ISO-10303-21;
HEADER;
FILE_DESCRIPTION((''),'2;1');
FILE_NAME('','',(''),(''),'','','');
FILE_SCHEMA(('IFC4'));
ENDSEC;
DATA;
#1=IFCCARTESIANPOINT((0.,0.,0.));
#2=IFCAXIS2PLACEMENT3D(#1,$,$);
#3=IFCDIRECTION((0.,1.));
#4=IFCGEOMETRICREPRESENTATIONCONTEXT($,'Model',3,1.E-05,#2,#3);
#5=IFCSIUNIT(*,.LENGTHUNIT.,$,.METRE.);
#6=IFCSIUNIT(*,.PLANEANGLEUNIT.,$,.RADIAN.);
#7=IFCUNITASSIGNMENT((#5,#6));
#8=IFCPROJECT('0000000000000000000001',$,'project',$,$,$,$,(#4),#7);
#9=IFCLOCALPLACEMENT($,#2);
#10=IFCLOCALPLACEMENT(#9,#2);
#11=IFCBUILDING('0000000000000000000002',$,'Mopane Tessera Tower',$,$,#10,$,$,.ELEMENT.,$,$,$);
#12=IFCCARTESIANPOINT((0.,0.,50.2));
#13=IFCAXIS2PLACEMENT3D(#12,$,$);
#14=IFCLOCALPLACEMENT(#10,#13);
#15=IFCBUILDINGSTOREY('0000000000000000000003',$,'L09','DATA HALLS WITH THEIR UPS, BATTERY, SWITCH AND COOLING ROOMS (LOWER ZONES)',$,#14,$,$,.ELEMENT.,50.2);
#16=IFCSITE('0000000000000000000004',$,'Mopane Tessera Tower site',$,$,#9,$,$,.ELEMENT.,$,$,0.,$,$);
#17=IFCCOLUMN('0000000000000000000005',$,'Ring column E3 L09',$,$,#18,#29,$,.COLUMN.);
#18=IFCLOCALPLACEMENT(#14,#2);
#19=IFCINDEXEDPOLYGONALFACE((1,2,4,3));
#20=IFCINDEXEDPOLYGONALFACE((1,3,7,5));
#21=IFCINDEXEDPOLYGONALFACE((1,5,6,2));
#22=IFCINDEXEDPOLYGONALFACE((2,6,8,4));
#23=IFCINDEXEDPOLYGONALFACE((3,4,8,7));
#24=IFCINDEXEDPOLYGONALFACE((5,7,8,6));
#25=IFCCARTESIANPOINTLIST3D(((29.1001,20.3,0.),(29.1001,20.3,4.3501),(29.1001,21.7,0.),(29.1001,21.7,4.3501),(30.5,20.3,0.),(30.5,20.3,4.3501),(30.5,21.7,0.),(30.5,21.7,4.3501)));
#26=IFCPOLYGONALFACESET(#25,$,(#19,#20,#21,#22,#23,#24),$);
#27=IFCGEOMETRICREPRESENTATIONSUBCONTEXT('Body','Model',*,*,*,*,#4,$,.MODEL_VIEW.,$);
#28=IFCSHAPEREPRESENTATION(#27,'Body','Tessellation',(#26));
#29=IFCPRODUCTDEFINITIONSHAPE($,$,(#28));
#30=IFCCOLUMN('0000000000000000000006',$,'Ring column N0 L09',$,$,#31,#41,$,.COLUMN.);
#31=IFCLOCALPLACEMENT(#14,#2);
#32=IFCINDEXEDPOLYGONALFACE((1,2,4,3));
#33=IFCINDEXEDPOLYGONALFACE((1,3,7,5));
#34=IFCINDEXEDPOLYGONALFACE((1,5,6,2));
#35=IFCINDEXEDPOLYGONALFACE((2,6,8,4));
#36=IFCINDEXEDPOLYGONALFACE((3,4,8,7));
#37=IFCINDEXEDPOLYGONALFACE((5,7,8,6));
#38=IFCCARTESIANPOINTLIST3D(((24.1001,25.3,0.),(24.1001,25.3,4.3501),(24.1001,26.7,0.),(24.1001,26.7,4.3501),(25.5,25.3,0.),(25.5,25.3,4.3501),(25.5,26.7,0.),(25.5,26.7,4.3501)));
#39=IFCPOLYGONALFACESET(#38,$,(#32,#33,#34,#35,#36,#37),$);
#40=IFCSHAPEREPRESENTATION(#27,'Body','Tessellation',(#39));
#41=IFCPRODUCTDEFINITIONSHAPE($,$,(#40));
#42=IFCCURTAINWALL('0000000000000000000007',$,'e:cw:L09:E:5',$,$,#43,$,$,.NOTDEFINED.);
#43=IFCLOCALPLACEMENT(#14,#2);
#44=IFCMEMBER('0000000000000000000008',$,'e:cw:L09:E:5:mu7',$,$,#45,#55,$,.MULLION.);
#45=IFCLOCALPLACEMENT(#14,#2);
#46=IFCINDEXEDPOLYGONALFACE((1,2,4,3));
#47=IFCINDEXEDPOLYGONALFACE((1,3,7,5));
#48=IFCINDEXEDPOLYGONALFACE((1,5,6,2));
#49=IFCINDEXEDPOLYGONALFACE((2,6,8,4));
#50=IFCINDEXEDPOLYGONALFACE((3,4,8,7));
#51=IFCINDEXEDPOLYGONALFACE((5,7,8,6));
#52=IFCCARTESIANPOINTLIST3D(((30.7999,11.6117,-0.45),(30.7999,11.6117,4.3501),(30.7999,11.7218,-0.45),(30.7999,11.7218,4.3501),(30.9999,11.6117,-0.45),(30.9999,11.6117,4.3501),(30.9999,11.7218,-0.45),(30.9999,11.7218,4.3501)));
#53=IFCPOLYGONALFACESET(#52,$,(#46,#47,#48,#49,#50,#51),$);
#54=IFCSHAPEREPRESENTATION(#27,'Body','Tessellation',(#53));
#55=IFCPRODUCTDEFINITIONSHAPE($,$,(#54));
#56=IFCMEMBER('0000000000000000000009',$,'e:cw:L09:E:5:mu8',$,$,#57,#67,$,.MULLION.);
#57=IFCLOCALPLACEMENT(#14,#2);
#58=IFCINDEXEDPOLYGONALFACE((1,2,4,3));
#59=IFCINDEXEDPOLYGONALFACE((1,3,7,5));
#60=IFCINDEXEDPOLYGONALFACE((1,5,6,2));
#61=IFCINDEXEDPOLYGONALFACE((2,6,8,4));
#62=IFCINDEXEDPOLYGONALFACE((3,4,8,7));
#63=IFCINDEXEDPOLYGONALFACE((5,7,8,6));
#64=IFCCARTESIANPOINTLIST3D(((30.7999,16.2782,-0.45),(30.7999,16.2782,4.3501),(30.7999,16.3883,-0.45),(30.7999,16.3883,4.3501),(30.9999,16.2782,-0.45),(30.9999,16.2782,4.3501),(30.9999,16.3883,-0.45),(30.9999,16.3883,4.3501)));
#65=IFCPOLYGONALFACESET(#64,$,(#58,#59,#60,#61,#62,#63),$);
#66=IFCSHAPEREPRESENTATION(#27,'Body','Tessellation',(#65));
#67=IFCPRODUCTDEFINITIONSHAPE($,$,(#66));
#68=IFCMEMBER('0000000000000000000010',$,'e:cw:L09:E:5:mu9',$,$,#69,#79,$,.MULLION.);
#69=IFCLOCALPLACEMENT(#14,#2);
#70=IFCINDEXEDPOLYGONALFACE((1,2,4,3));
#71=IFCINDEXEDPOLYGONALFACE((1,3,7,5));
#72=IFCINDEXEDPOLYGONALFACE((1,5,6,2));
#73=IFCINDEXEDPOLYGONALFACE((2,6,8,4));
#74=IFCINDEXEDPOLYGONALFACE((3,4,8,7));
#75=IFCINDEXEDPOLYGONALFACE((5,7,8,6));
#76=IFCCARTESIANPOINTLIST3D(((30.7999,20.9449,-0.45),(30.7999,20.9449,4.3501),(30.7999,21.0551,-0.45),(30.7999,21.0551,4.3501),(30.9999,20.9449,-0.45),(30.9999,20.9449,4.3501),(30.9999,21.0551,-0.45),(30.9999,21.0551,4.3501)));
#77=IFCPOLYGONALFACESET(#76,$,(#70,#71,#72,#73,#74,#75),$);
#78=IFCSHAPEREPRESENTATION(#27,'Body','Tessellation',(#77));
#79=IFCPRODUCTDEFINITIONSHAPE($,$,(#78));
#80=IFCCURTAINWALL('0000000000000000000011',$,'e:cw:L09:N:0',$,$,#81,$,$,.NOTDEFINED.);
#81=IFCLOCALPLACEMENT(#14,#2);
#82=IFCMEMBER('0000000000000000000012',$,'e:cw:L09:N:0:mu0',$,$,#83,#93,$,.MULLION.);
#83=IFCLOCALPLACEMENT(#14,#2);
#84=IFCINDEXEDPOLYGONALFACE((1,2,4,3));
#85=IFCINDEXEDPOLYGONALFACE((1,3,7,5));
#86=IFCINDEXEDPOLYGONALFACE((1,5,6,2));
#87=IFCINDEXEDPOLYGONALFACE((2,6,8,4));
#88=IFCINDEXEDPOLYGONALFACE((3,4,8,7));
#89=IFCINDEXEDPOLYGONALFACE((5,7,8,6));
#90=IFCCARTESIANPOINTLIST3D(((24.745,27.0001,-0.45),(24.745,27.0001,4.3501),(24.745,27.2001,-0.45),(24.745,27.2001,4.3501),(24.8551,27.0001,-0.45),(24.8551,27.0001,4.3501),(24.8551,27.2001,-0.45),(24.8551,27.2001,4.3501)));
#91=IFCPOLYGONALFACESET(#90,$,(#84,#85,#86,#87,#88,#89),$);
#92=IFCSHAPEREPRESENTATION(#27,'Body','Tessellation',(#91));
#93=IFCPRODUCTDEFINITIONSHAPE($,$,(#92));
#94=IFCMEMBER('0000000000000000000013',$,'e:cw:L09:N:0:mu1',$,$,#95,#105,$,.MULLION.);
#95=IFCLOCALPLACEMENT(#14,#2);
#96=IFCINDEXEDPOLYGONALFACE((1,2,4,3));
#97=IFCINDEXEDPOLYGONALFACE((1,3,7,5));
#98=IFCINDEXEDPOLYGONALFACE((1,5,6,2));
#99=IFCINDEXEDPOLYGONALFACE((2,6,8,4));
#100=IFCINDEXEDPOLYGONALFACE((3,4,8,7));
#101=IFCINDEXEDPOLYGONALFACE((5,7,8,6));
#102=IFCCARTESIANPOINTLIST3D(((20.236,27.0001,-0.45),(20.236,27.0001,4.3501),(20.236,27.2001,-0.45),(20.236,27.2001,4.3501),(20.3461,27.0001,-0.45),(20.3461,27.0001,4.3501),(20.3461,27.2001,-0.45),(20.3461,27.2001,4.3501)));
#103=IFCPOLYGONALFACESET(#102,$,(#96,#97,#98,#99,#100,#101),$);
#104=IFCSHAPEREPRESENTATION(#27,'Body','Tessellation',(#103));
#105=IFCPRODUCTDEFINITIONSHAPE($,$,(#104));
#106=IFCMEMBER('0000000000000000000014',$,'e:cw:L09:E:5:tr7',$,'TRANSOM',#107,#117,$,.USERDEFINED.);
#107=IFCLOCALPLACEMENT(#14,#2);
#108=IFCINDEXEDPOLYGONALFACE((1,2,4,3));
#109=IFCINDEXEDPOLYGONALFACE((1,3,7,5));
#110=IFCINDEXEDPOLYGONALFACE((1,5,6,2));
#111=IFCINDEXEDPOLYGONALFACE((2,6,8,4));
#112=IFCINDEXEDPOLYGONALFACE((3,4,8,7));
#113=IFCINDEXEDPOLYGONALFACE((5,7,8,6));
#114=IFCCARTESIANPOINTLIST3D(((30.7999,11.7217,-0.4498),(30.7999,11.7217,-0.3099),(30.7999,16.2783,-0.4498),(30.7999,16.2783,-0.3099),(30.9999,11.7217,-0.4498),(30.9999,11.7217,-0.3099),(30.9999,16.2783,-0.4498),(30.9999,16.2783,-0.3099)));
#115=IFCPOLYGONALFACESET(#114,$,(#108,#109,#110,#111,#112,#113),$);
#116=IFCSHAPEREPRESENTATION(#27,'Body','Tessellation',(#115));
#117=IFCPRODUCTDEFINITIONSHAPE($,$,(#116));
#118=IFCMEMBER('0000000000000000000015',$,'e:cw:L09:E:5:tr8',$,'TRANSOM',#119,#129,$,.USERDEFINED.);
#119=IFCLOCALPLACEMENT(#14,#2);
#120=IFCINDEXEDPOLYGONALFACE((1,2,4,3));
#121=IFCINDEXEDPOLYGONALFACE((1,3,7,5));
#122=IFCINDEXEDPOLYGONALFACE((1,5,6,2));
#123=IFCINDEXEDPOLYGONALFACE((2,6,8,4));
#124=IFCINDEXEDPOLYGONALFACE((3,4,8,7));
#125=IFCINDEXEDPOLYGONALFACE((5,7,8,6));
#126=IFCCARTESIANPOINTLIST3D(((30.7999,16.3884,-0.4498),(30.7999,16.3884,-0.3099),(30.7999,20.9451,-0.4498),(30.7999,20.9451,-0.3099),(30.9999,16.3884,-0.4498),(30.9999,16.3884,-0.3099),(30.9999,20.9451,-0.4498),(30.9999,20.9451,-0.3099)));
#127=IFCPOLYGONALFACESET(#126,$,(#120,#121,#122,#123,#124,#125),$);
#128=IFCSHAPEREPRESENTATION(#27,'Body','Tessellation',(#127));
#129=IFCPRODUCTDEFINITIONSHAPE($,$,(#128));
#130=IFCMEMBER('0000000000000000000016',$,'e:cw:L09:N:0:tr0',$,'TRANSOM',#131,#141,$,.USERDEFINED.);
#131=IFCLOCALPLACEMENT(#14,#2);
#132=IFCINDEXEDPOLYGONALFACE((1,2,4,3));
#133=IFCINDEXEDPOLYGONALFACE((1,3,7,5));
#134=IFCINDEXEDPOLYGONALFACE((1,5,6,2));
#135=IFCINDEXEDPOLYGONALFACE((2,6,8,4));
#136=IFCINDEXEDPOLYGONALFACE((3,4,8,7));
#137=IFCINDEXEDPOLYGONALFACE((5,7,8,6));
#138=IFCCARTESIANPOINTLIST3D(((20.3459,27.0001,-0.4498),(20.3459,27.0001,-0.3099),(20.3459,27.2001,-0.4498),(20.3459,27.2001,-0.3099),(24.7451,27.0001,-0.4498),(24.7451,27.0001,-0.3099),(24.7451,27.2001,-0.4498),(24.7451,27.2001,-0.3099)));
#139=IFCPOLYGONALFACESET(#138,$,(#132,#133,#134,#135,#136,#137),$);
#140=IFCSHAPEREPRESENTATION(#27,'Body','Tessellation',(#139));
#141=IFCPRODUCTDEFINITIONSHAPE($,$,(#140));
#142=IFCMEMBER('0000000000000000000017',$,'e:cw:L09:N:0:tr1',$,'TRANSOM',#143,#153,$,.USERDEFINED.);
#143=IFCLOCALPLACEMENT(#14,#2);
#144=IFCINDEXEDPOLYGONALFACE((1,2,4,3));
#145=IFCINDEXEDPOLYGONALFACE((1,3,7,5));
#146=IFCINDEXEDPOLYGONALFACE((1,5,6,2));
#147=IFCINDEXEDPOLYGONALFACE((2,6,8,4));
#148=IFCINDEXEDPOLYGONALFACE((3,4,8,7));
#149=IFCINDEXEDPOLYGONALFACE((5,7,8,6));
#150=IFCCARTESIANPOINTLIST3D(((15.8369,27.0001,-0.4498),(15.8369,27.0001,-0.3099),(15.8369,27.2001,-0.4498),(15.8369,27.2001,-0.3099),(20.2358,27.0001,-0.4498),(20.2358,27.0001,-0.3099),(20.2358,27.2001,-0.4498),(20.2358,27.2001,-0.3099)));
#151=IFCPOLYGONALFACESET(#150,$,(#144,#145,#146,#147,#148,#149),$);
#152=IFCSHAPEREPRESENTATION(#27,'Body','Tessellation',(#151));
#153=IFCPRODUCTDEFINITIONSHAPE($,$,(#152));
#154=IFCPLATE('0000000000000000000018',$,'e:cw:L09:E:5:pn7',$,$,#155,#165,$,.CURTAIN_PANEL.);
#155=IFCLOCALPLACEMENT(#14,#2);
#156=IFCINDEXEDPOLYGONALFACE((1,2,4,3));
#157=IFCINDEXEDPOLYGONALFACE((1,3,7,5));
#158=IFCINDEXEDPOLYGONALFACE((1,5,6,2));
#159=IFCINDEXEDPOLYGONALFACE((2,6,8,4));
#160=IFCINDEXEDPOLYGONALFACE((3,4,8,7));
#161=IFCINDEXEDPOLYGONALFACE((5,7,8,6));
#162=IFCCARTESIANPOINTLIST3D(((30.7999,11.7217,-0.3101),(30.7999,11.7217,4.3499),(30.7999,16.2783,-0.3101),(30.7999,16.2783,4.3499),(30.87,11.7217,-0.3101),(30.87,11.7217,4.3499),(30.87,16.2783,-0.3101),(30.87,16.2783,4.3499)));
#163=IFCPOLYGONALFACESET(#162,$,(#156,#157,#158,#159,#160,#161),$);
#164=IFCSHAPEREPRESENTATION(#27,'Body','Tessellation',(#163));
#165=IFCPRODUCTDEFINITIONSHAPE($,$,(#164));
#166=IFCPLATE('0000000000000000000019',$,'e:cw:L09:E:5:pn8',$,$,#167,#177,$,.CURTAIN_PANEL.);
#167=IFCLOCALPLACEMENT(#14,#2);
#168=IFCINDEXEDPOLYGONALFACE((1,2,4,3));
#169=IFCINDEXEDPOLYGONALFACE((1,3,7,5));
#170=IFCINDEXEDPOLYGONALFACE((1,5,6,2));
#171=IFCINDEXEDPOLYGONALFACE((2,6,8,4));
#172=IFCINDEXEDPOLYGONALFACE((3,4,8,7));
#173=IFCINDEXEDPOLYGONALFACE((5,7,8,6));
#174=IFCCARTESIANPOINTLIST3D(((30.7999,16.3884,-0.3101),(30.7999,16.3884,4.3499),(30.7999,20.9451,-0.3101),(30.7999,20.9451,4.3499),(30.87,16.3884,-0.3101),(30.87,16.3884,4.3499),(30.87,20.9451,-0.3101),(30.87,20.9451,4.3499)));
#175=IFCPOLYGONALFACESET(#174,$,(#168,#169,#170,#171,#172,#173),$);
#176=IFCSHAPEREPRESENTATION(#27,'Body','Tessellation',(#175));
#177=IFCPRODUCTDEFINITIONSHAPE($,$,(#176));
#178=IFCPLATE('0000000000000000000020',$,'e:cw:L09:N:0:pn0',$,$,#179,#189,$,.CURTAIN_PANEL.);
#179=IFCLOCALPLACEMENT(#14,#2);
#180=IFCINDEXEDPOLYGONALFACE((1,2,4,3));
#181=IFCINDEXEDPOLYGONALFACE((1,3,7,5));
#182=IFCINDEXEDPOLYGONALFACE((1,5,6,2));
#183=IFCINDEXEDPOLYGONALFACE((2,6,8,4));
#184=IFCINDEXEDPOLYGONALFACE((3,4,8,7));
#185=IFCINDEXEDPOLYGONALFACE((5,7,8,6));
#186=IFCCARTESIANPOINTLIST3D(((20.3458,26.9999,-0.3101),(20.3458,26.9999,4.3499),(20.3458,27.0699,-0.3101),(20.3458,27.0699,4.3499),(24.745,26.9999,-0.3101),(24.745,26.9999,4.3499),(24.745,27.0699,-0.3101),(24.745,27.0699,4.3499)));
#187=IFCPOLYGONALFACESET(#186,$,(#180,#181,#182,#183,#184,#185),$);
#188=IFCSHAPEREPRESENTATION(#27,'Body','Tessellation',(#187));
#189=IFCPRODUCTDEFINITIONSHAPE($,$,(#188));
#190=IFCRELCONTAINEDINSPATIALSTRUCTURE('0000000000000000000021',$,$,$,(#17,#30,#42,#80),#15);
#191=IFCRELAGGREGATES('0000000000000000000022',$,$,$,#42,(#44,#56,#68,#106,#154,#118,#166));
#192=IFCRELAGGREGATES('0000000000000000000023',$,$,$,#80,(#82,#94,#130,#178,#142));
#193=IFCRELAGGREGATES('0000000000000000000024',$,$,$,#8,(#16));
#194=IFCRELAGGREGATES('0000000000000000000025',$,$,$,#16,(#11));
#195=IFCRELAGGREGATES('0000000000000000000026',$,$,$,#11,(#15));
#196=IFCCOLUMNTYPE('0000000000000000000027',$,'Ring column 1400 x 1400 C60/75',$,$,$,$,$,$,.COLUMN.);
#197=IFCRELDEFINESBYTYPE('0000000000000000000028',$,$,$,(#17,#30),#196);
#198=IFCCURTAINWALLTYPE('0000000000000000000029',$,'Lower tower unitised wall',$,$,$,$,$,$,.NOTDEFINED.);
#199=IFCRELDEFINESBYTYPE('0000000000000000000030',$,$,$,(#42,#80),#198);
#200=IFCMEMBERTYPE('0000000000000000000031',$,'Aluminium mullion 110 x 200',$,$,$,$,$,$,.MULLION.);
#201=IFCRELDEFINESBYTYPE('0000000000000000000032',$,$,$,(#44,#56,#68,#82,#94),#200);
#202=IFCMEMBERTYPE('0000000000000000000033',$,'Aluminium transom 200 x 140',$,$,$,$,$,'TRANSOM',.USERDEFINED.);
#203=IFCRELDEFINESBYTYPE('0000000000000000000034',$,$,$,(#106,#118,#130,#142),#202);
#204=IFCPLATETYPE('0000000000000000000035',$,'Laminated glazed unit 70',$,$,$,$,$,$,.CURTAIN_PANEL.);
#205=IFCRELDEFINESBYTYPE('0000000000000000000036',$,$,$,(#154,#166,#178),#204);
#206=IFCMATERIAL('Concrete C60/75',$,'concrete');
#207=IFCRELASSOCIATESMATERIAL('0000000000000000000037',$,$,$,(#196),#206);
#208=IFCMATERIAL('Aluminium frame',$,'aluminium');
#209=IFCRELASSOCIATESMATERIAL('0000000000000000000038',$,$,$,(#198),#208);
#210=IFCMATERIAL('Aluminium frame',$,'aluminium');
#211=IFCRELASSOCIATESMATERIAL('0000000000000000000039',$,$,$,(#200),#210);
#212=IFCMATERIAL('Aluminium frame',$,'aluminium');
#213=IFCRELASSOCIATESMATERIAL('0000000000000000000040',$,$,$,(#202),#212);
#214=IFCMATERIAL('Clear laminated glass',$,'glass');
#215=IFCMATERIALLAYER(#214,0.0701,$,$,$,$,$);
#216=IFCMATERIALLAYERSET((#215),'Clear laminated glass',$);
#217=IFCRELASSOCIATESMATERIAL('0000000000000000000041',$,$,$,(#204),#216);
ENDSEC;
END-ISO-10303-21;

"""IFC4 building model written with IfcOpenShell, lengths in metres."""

from ifc_helpers import new_model, si_unit, direction, frame, origin, origin_2d, place, context, subcontext, project, spatial, rectangle, extrude, material, layer, layer_set, material_profile, profile_set, type_object, element, aggregate, save


model = new_model("IFC4")

# Units and contexts
model_context = context("Model", 3, precision=1e-05, world=origin(), true_north=direction((0.0, 1.0)))
body_context = subcontext(model_context, "Body", "Model", "MODEL_VIEW")
ifc_project = project(units=[si_unit("LENGTHUNIT", "METRE"), si_unit("PLANEANGLEUNIT", "RADIAN")], contexts=[model_context])

# Site, building, storey
site_placement = place(None, origin())
site = spatial("IfcSite", under=ifc_project, at=site_placement, Name="Mopane Tessera Tower site", CompositionType="ELEMENT", RefElevation=0.0)
building_placement = place(site_placement, origin())
building = spatial("IfcBuilding", under=site, at=building_placement, Name="Mopane Tessera Tower", CompositionType="ELEMENT")
storey_placement = place(building_placement, frame((0.0, 0.0, 50.2)))
storey = spatial("IfcBuildingStorey", under=building, at=storey_placement, Name="L09", Description="DATA HALLS WITH THEIR UPS, BATTERY, SWITCH AND COOLING ROOMS (LOWER ZONES)", CompositionType="ELEMENT", Elevation=50.2)

# Columns
ifc_material_1 = material(Name="Concrete C60/75", Category="concrete")
ifc_material_profile_1 = material_profile(ifc_material_1, rectangle(XDim=1.3999, YDim=1.3999, at=origin_2d()))
ifc_profile_set_1 = profile_set([ifc_material_profile_1], Name="Concrete C60/75")
column_type = type_object("IfcColumnType", Name="Ring column 1400 x 1400 C60/75", PredefinedType="COLUMN", material=ifc_profile_set_1)
for number, where, z_axis, x_axis, name in (
    (1, (29.8, 21.0, 0.0), (0.0, 0.0, 1.0), (1.0, 0.0, 0.0), "Ring column E3 L09"),
    (2, (24.8, 26.0, 0.0), (0.0, 0.0, 1.0), (1.0, 0.0, 0.0), "Ring column N0 L09"),
):
    element("IfcColumn", number, at=place(storey_placement, frame(where, z_axis=z_axis, x_axis=x_axis)), inside=storey, type_object=column_type, Name=name, PredefinedType="COLUMN", context=body_context, shape_type="SweptSolid", body=[
        extrude(rectangle(XDim=1.3999, YDim=1.3999, at=origin_2d()), origin(), (0.0, 0.0, 1.0), 4.3501),
    ])

# Curtain walls, members
ifc_material_2 = material(Name="Aluminium frame", Category="aluminium")
curtain_wall_type = type_object("IfcCurtainWallType", Name="Lower tower unitised wall", PredefinedType="NOTDEFINED", material=ifc_material_2)
curtain_wall_1_placement = place(storey_placement, origin())
curtain_wall_1 = element("IfcCurtainWall", 3, at=curtain_wall_1_placement, inside=storey, type_object=curtain_wall_type, Name="e:cw:L09:E:5", PredefinedType="NOTDEFINED")
ifc_material_3 = material(Name="Aluminium frame", Category="aluminium")
ifc_material_profile_2 = material_profile(ifc_material_3, rectangle(XDim=0.1101, YDim=0.2, at=origin_2d()))
ifc_profile_set_2 = profile_set([ifc_material_profile_2], Name="Aluminium frame")
member_type_1 = type_object("IfcMemberType", Name="Aluminium mullion 110 x 200", PredefinedType="MULLION", material=ifc_profile_set_2)
member_1_placement = place(storey_placement, frame((30.8999, 11.6667, -0.45), z_axis=(0.0, 0.0, 1.0), x_axis=(0.0, 1.0, 0.0)))
member_1 = element("IfcMember", 4, at=member_1_placement, type_object=member_type_1, Name="e:cw:L09:E:5:mu7", PredefinedType="MULLION", context=body_context, shape_type="SweptSolid", body=[
    extrude(rectangle(XDim=0.1101, YDim=0.2, at=origin_2d()), origin(), (0.0, 0.0, 1.0), 4.8),
])
member_2_placement = place(storey_placement, frame((30.8999, 16.3333, -0.45), z_axis=(0.0, 0.0, 1.0), x_axis=(0.0, 1.0, 0.0)))
member_2 = element("IfcMember", 5, at=member_2_placement, type_object=member_type_1, Name="e:cw:L09:E:5:mu8", PredefinedType="MULLION", context=body_context, shape_type="SweptSolid", body=[
    extrude(rectangle(XDim=0.1101, YDim=0.2, at=origin_2d()), origin(), (0.0, 0.0, 1.0), 4.8),
])
member_3_placement = place(storey_placement, frame((30.8999, 21.0, -0.45), z_axis=(0.0, 0.0, 1.0), x_axis=(0.0, 1.0, 0.0)))
member_3 = element("IfcMember", 6, at=member_3_placement, type_object=member_type_1, Name="e:cw:L09:E:5:mu9", PredefinedType="MULLION", context=body_context, shape_type="SweptSolid", body=[
    extrude(rectangle(XDim=0.1101, YDim=0.2, at=origin_2d()), origin(), (0.0, 0.0, 1.0), 4.8),
])
curtain_wall_2_placement = place(storey_placement, origin())
curtain_wall_2 = element("IfcCurtainWall", 7, at=curtain_wall_2_placement, inside=storey, type_object=curtain_wall_type, Name="e:cw:L09:N:0", PredefinedType="NOTDEFINED")
member_4_placement = place(storey_placement, frame((24.8, 27.1001, -0.45), z_axis=(0.0, 0.0, 1.0), x_axis=(-1.0, 0.0, 0.0)))
member_4 = element("IfcMember", 8, at=member_4_placement, type_object=member_type_1, Name="e:cw:L09:N:0:mu0", PredefinedType="MULLION", context=body_context, shape_type="SweptSolid", body=[
    extrude(rectangle(XDim=0.1101, YDim=0.2, at=origin_2d()), origin(), (0.0, 0.0, 1.0), 4.8),
])
member_5_placement = place(storey_placement, frame((20.291, 27.1001, -0.45), z_axis=(0.0, 0.0, 1.0), x_axis=(-1.0, 0.0, 0.0)))
member_5 = element("IfcMember", 9, at=member_5_placement, type_object=member_type_1, Name="e:cw:L09:N:0:mu1", PredefinedType="MULLION", context=body_context, shape_type="SweptSolid", body=[
    extrude(rectangle(XDim=0.1101, YDim=0.2, at=origin_2d()), origin(), (0.0, 0.0, 1.0), 4.8),
])

# Members
ifc_material_4 = material(Name="Aluminium frame", Category="aluminium")
ifc_material_profile_3 = material_profile(ifc_material_4, rectangle(XDim=0.2, YDim=0.1399, at=origin_2d()))
ifc_profile_set_3 = profile_set([ifc_material_profile_3], Name="Aluminium frame")
member_type_2 = type_object("IfcMemberType", Name="Aluminium transom 200 x 140", ElementType="TRANSOM", PredefinedType="USERDEFINED", material=ifc_profile_set_3)
member_6_placement = place(storey_placement, frame((30.8999, 11.7217, -0.3799), z_axis=(0.0, 1.0, 0.0), x_axis=(-1.0, 0.0, 0.0)))
member_6 = element("IfcMember", 10, at=member_6_placement, type_object=member_type_2, Name="e:cw:L09:E:5:tr7", ObjectType="TRANSOM", PredefinedType="USERDEFINED", context=body_context, shape_type="SweptSolid", body=[
    extrude(rectangle(XDim=0.2, YDim=0.1399, at=origin_2d()), origin(), (0.0, 0.0, 1.0), 4.5566),
])
member_7_placement = place(storey_placement, frame((30.8999, 16.3884, -0.3799), z_axis=(0.0, 1.0, 0.0), x_axis=(-1.0, 0.0, 0.0)))
member_7 = element("IfcMember", 11, at=member_7_placement, type_object=member_type_2, Name="e:cw:L09:E:5:tr8", ObjectType="TRANSOM", PredefinedType="USERDEFINED", context=body_context, shape_type="SweptSolid", body=[
    extrude(rectangle(XDim=0.2, YDim=0.1399, at=origin_2d()), origin(), (0.0, 0.0, 1.0), 4.5566),
])
member_8_placement = place(storey_placement, frame((24.7451, 27.1001, -0.3799), z_axis=(-1.0, 0.0, 0.0), x_axis=(0.0, -1.0, 0.0)))
member_8 = element("IfcMember", 12, at=member_8_placement, type_object=member_type_2, Name="e:cw:L09:N:0:tr0", ObjectType="TRANSOM", PredefinedType="USERDEFINED", context=body_context, shape_type="SweptSolid", body=[
    extrude(rectangle(XDim=0.2, YDim=0.1399, at=origin_2d()), origin(), (0.0, 0.0, 1.0), 4.3992),
])
member_9_placement = place(storey_placement, frame((20.2358, 27.1001, -0.3799), z_axis=(-1.0, 0.0, 0.0), x_axis=(0.0, -1.0, 0.0)))
member_9 = element("IfcMember", 13, at=member_9_placement, type_object=member_type_2, Name="e:cw:L09:N:0:tr1", ObjectType="TRANSOM", PredefinedType="USERDEFINED", context=body_context, shape_type="SweptSolid", body=[
    extrude(rectangle(XDim=0.2, YDim=0.1399, at=origin_2d()), origin(), (0.0, 0.0, 1.0), 4.3989),
])

# Plates
ifc_material_5 = material(Name="Clear laminated glass", Category="glass")
ifc_layer_1 = layer(ifc_material_5, 0.0701)
ifc_layer_set_1 = layer_set([ifc_layer_1], Name="Clear laminated glass")
plate_type = type_object("IfcPlateType", Name="Laminated glazed unit 70", PredefinedType="CURTAIN_PANEL", material=ifc_layer_set_1)
plate_1_placement = place(storey_placement, frame((30.835, 14.0, -0.3101), z_axis=(0.0, 0.0, 1.0), x_axis=(0.0, 1.0, 0.0)))
plate_1 = element("IfcPlate", 14, at=plate_1_placement, type_object=plate_type, Name="e:cw:L09:E:5:pn7", PredefinedType="CURTAIN_PANEL", context=body_context, shape_type="SweptSolid", body=[
    extrude(rectangle(XDim=4.5566, YDim=0.0701, at=origin_2d()), origin(), (0.0, 0.0, 1.0), 4.6599),
])
plate_2_placement = place(storey_placement, frame((30.835, 18.6667, -0.3101), z_axis=(0.0, 0.0, 1.0), x_axis=(0.0, 1.0, 0.0)))
plate_2 = element("IfcPlate", 15, at=plate_2_placement, type_object=plate_type, Name="e:cw:L09:E:5:pn8", PredefinedType="CURTAIN_PANEL", context=body_context, shape_type="SweptSolid", body=[
    extrude(rectangle(XDim=4.5566, YDim=0.0701, at=origin_2d()), origin(), (0.0, 0.0, 1.0), 4.6599),
])
aggregate(curtain_wall_1, [member_1, member_2, member_3, member_6, plate_1, member_7, plate_2])
plate_3_placement = place(storey_placement, frame((22.5454, 27.0349, -0.3101), z_axis=(0.0, 0.0, 1.0), x_axis=(-1.0, 0.0, 0.0)))
plate_3 = element("IfcPlate", 16, at=plate_3_placement, type_object=plate_type, Name="e:cw:L09:N:0:pn0", PredefinedType="CURTAIN_PANEL", context=body_context, shape_type="SweptSolid", body=[
    extrude(rectangle(XDim=4.3992, YDim=0.0701, at=origin_2d()), origin(), (0.0, 0.0, 1.0), 4.6599),
])
aggregate(curtain_wall_2, [member_4, member_5, member_8, plate_3, member_9])

save(model, "model.ifc")
